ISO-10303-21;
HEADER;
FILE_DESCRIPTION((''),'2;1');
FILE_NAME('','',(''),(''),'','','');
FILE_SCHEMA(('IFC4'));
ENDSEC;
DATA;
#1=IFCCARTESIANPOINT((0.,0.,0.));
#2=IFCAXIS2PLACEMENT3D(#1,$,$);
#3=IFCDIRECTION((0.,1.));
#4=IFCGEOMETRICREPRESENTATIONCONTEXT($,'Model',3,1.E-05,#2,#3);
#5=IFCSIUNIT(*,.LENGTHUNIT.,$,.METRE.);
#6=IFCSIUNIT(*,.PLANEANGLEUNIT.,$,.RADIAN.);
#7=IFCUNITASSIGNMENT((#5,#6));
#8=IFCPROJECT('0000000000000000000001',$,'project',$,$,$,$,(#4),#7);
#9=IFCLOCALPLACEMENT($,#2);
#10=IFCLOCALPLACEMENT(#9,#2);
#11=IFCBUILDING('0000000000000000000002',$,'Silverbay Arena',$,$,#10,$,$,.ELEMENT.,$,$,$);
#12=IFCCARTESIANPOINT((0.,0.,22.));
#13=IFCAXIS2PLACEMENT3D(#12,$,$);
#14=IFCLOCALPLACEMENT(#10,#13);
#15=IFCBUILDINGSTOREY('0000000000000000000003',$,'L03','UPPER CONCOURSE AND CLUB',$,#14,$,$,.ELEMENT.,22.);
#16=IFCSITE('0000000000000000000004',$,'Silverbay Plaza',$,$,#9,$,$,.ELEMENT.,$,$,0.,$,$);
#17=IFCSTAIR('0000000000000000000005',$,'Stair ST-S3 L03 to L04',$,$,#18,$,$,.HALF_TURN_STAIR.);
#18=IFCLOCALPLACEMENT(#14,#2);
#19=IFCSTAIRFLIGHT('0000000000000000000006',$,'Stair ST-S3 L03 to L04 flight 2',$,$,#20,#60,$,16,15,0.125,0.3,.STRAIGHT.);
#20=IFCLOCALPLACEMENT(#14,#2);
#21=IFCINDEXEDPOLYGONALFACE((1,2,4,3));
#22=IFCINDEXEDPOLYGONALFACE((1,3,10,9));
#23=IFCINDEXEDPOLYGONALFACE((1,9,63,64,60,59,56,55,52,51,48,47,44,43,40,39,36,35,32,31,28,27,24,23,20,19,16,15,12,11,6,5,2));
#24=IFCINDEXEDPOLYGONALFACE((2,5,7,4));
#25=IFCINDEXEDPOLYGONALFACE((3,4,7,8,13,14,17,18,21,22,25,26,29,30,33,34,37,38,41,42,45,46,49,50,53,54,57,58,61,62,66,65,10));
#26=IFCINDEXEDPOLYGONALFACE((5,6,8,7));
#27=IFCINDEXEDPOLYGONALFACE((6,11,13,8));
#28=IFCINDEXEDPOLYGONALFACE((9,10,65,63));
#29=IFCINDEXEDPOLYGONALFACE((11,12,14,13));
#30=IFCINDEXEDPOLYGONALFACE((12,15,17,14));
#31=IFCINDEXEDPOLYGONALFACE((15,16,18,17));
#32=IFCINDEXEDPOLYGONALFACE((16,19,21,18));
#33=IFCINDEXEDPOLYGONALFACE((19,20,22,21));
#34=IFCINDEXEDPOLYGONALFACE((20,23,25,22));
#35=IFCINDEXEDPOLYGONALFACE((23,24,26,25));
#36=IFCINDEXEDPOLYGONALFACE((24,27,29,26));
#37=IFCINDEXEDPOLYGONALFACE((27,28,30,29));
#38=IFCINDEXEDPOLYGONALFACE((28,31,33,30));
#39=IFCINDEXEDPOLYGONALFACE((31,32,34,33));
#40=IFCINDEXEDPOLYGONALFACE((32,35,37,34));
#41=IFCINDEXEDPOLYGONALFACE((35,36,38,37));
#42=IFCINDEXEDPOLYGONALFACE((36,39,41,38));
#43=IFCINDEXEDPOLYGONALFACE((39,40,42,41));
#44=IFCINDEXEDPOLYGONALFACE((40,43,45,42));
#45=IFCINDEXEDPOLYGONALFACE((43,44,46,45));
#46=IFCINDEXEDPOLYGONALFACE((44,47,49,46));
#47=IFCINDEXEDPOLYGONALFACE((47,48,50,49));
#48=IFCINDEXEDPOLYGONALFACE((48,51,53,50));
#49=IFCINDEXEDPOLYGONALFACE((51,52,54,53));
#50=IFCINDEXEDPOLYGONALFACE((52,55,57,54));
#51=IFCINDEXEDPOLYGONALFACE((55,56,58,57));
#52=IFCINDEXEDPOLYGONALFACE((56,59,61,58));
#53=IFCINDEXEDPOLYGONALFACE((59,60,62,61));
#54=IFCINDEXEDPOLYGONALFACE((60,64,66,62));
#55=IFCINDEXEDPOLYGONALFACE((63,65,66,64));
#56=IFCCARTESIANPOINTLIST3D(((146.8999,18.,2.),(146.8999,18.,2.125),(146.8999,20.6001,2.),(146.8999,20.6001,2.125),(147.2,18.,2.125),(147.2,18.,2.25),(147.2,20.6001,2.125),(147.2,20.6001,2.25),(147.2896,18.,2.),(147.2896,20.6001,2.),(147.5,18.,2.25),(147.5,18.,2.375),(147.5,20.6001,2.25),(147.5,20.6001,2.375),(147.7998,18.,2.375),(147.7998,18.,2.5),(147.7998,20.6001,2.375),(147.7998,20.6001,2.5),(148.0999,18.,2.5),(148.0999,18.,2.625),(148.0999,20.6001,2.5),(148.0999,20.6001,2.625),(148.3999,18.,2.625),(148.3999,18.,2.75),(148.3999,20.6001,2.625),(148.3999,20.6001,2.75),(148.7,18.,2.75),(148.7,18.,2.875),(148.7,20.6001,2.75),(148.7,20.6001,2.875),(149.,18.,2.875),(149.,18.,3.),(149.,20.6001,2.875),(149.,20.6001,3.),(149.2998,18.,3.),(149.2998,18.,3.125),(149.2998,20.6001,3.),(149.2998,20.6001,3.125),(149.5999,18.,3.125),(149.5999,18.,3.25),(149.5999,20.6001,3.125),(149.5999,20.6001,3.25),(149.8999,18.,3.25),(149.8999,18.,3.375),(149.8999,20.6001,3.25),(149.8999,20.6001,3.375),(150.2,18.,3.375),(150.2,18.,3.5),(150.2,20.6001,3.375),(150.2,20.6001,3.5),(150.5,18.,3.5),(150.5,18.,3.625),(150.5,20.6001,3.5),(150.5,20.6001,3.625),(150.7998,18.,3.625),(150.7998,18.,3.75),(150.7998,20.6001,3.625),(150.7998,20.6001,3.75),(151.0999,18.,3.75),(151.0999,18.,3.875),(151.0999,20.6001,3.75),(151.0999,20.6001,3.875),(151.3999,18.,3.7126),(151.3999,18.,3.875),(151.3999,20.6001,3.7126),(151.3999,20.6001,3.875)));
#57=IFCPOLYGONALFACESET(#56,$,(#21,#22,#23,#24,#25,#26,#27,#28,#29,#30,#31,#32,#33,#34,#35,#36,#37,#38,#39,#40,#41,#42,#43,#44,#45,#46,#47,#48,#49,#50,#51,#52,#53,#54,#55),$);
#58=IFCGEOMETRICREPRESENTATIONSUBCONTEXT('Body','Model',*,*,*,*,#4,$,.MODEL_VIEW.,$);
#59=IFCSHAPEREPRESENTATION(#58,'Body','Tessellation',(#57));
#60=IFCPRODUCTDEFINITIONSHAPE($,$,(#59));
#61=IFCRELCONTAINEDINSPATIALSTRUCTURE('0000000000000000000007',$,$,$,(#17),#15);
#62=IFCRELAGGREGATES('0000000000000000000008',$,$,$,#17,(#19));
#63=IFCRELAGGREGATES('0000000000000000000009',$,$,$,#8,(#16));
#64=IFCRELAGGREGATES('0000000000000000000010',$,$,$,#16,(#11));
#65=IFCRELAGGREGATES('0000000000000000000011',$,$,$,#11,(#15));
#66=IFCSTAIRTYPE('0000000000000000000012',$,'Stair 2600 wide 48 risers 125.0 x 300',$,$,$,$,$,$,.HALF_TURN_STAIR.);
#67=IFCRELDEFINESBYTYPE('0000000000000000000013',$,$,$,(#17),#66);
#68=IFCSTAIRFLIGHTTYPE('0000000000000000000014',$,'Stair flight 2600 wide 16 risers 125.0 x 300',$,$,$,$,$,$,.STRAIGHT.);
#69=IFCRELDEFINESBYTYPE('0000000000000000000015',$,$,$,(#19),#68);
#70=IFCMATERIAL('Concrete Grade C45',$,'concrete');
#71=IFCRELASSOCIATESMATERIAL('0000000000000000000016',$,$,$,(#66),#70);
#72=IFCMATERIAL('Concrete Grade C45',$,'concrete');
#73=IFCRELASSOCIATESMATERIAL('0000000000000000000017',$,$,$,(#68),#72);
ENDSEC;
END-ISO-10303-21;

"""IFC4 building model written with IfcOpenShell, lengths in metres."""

from ifc_helpers import new_model, si_unit, direction, frame, origin, place, context, subcontext, project, spatial, polyline, outline, extrude, material, type_object, element, aggregate, save


model = new_model("IFC4")

# Units and contexts
model_context = context("Model", 3, precision=1e-05, world=origin(), true_north=direction((0.0, 1.0)))
body_context = subcontext(model_context, "Body", "Model", "MODEL_VIEW")
ifc_project = project(units=[si_unit("LENGTHUNIT", "METRE"), si_unit("PLANEANGLEUNIT", "RADIAN")], contexts=[model_context])

# Site, building, storey
site_placement = place(None, origin())
site = spatial("IfcSite", under=ifc_project, at=site_placement, Name="Silverbay Plaza", CompositionType="ELEMENT", RefElevation=0.0)
building_placement = place(site_placement, origin())
building = spatial("IfcBuilding", under=site, at=building_placement, Name="Silverbay Arena", CompositionType="ELEMENT")
storey_placement = place(building_placement, frame((0.0, 0.0, 22.0)))
storey = spatial("IfcBuildingStorey", under=building, at=storey_placement, Name="L03", Description="UPPER CONCOURSE AND CLUB", CompositionType="ELEMENT", Elevation=22.0)

# Stair, stair flight
ifc_material_1 = material(Name="Concrete Grade C45", Category="concrete")
stair_type = type_object("IfcStairType", Name="Stair 2600 wide 48 risers 125.0 x 300", PredefinedType="HALF_TURN_STAIR", material=ifc_material_1)
stair_placement = place(storey_placement, origin())
stair = element("IfcStair", 1, at=stair_placement, inside=storey, type_object=stair_type, Name="Stair ST-S3 L03 to L04", PredefinedType="HALF_TURN_STAIR")
ifc_material_2 = material(Name="Concrete Grade C45", Category="concrete")
stair_flight_type = type_object("IfcStairFlightType", Name="Stair flight 2600 wide 16 risers 125.0 x 300", PredefinedType="STRAIGHT", material=ifc_material_2)
stair_flight_placement = place(storey_placement, frame((146.8999, 19.3, 2.0), z_axis=(0.0, 0.0, 1.0), x_axis=(1.0, 0.0, 0.0)))
stair_flight = element("IfcStairFlight", 2, at=stair_flight_placement, type_object=stair_flight_type, Name="Stair ST-S3 L03 to L04 flight 2", NumberOfRisers=16, NumberOfTreads=15, PredefinedType="STRAIGHT", RiserHeight=0.125, TreadLength=0.3, context=body_context, shape_type="SweptSolid", body=[
    extrude(outline(polyline([(0.0, 0.0), (0.0, 0.125), (0.3, 0.125), (0.3, 0.25), (0.6001, 0.25), (0.6001, 0.375), (0.8999, 0.375), (0.8999, 0.5), (1.2, 0.5), (1.2, 0.625), (1.5, 0.625), (1.5, 0.75), (1.8, 0.75), (1.8, 0.875), (2.1001, 0.875), (2.1001, 1.0), (2.3999, 1.0), (2.3999, 1.125), (2.7, 1.125), (2.7, 1.25), (3.0, 1.25), (3.0, 1.375), (3.3, 1.375), (3.3, 1.5), (3.6001, 1.5), (3.6001, 1.625), (3.8999, 1.625), (3.8999, 1.75), (4.2, 1.75), (4.2, 1.875), (4.5, 1.875), (4.5, 1.7126), (0.3896, 0.0), (0.0, 0.0)])), frame((0.0, 1.3, 0.0), z_axis=(0.0, -1.0, 0.0), x_axis=(1.0, 0.0, 0.0)), (0.0, 0.0, 1.0), 2.6001),
])
aggregate(stair, [stair_flight])

save(model, "model.ifc")
